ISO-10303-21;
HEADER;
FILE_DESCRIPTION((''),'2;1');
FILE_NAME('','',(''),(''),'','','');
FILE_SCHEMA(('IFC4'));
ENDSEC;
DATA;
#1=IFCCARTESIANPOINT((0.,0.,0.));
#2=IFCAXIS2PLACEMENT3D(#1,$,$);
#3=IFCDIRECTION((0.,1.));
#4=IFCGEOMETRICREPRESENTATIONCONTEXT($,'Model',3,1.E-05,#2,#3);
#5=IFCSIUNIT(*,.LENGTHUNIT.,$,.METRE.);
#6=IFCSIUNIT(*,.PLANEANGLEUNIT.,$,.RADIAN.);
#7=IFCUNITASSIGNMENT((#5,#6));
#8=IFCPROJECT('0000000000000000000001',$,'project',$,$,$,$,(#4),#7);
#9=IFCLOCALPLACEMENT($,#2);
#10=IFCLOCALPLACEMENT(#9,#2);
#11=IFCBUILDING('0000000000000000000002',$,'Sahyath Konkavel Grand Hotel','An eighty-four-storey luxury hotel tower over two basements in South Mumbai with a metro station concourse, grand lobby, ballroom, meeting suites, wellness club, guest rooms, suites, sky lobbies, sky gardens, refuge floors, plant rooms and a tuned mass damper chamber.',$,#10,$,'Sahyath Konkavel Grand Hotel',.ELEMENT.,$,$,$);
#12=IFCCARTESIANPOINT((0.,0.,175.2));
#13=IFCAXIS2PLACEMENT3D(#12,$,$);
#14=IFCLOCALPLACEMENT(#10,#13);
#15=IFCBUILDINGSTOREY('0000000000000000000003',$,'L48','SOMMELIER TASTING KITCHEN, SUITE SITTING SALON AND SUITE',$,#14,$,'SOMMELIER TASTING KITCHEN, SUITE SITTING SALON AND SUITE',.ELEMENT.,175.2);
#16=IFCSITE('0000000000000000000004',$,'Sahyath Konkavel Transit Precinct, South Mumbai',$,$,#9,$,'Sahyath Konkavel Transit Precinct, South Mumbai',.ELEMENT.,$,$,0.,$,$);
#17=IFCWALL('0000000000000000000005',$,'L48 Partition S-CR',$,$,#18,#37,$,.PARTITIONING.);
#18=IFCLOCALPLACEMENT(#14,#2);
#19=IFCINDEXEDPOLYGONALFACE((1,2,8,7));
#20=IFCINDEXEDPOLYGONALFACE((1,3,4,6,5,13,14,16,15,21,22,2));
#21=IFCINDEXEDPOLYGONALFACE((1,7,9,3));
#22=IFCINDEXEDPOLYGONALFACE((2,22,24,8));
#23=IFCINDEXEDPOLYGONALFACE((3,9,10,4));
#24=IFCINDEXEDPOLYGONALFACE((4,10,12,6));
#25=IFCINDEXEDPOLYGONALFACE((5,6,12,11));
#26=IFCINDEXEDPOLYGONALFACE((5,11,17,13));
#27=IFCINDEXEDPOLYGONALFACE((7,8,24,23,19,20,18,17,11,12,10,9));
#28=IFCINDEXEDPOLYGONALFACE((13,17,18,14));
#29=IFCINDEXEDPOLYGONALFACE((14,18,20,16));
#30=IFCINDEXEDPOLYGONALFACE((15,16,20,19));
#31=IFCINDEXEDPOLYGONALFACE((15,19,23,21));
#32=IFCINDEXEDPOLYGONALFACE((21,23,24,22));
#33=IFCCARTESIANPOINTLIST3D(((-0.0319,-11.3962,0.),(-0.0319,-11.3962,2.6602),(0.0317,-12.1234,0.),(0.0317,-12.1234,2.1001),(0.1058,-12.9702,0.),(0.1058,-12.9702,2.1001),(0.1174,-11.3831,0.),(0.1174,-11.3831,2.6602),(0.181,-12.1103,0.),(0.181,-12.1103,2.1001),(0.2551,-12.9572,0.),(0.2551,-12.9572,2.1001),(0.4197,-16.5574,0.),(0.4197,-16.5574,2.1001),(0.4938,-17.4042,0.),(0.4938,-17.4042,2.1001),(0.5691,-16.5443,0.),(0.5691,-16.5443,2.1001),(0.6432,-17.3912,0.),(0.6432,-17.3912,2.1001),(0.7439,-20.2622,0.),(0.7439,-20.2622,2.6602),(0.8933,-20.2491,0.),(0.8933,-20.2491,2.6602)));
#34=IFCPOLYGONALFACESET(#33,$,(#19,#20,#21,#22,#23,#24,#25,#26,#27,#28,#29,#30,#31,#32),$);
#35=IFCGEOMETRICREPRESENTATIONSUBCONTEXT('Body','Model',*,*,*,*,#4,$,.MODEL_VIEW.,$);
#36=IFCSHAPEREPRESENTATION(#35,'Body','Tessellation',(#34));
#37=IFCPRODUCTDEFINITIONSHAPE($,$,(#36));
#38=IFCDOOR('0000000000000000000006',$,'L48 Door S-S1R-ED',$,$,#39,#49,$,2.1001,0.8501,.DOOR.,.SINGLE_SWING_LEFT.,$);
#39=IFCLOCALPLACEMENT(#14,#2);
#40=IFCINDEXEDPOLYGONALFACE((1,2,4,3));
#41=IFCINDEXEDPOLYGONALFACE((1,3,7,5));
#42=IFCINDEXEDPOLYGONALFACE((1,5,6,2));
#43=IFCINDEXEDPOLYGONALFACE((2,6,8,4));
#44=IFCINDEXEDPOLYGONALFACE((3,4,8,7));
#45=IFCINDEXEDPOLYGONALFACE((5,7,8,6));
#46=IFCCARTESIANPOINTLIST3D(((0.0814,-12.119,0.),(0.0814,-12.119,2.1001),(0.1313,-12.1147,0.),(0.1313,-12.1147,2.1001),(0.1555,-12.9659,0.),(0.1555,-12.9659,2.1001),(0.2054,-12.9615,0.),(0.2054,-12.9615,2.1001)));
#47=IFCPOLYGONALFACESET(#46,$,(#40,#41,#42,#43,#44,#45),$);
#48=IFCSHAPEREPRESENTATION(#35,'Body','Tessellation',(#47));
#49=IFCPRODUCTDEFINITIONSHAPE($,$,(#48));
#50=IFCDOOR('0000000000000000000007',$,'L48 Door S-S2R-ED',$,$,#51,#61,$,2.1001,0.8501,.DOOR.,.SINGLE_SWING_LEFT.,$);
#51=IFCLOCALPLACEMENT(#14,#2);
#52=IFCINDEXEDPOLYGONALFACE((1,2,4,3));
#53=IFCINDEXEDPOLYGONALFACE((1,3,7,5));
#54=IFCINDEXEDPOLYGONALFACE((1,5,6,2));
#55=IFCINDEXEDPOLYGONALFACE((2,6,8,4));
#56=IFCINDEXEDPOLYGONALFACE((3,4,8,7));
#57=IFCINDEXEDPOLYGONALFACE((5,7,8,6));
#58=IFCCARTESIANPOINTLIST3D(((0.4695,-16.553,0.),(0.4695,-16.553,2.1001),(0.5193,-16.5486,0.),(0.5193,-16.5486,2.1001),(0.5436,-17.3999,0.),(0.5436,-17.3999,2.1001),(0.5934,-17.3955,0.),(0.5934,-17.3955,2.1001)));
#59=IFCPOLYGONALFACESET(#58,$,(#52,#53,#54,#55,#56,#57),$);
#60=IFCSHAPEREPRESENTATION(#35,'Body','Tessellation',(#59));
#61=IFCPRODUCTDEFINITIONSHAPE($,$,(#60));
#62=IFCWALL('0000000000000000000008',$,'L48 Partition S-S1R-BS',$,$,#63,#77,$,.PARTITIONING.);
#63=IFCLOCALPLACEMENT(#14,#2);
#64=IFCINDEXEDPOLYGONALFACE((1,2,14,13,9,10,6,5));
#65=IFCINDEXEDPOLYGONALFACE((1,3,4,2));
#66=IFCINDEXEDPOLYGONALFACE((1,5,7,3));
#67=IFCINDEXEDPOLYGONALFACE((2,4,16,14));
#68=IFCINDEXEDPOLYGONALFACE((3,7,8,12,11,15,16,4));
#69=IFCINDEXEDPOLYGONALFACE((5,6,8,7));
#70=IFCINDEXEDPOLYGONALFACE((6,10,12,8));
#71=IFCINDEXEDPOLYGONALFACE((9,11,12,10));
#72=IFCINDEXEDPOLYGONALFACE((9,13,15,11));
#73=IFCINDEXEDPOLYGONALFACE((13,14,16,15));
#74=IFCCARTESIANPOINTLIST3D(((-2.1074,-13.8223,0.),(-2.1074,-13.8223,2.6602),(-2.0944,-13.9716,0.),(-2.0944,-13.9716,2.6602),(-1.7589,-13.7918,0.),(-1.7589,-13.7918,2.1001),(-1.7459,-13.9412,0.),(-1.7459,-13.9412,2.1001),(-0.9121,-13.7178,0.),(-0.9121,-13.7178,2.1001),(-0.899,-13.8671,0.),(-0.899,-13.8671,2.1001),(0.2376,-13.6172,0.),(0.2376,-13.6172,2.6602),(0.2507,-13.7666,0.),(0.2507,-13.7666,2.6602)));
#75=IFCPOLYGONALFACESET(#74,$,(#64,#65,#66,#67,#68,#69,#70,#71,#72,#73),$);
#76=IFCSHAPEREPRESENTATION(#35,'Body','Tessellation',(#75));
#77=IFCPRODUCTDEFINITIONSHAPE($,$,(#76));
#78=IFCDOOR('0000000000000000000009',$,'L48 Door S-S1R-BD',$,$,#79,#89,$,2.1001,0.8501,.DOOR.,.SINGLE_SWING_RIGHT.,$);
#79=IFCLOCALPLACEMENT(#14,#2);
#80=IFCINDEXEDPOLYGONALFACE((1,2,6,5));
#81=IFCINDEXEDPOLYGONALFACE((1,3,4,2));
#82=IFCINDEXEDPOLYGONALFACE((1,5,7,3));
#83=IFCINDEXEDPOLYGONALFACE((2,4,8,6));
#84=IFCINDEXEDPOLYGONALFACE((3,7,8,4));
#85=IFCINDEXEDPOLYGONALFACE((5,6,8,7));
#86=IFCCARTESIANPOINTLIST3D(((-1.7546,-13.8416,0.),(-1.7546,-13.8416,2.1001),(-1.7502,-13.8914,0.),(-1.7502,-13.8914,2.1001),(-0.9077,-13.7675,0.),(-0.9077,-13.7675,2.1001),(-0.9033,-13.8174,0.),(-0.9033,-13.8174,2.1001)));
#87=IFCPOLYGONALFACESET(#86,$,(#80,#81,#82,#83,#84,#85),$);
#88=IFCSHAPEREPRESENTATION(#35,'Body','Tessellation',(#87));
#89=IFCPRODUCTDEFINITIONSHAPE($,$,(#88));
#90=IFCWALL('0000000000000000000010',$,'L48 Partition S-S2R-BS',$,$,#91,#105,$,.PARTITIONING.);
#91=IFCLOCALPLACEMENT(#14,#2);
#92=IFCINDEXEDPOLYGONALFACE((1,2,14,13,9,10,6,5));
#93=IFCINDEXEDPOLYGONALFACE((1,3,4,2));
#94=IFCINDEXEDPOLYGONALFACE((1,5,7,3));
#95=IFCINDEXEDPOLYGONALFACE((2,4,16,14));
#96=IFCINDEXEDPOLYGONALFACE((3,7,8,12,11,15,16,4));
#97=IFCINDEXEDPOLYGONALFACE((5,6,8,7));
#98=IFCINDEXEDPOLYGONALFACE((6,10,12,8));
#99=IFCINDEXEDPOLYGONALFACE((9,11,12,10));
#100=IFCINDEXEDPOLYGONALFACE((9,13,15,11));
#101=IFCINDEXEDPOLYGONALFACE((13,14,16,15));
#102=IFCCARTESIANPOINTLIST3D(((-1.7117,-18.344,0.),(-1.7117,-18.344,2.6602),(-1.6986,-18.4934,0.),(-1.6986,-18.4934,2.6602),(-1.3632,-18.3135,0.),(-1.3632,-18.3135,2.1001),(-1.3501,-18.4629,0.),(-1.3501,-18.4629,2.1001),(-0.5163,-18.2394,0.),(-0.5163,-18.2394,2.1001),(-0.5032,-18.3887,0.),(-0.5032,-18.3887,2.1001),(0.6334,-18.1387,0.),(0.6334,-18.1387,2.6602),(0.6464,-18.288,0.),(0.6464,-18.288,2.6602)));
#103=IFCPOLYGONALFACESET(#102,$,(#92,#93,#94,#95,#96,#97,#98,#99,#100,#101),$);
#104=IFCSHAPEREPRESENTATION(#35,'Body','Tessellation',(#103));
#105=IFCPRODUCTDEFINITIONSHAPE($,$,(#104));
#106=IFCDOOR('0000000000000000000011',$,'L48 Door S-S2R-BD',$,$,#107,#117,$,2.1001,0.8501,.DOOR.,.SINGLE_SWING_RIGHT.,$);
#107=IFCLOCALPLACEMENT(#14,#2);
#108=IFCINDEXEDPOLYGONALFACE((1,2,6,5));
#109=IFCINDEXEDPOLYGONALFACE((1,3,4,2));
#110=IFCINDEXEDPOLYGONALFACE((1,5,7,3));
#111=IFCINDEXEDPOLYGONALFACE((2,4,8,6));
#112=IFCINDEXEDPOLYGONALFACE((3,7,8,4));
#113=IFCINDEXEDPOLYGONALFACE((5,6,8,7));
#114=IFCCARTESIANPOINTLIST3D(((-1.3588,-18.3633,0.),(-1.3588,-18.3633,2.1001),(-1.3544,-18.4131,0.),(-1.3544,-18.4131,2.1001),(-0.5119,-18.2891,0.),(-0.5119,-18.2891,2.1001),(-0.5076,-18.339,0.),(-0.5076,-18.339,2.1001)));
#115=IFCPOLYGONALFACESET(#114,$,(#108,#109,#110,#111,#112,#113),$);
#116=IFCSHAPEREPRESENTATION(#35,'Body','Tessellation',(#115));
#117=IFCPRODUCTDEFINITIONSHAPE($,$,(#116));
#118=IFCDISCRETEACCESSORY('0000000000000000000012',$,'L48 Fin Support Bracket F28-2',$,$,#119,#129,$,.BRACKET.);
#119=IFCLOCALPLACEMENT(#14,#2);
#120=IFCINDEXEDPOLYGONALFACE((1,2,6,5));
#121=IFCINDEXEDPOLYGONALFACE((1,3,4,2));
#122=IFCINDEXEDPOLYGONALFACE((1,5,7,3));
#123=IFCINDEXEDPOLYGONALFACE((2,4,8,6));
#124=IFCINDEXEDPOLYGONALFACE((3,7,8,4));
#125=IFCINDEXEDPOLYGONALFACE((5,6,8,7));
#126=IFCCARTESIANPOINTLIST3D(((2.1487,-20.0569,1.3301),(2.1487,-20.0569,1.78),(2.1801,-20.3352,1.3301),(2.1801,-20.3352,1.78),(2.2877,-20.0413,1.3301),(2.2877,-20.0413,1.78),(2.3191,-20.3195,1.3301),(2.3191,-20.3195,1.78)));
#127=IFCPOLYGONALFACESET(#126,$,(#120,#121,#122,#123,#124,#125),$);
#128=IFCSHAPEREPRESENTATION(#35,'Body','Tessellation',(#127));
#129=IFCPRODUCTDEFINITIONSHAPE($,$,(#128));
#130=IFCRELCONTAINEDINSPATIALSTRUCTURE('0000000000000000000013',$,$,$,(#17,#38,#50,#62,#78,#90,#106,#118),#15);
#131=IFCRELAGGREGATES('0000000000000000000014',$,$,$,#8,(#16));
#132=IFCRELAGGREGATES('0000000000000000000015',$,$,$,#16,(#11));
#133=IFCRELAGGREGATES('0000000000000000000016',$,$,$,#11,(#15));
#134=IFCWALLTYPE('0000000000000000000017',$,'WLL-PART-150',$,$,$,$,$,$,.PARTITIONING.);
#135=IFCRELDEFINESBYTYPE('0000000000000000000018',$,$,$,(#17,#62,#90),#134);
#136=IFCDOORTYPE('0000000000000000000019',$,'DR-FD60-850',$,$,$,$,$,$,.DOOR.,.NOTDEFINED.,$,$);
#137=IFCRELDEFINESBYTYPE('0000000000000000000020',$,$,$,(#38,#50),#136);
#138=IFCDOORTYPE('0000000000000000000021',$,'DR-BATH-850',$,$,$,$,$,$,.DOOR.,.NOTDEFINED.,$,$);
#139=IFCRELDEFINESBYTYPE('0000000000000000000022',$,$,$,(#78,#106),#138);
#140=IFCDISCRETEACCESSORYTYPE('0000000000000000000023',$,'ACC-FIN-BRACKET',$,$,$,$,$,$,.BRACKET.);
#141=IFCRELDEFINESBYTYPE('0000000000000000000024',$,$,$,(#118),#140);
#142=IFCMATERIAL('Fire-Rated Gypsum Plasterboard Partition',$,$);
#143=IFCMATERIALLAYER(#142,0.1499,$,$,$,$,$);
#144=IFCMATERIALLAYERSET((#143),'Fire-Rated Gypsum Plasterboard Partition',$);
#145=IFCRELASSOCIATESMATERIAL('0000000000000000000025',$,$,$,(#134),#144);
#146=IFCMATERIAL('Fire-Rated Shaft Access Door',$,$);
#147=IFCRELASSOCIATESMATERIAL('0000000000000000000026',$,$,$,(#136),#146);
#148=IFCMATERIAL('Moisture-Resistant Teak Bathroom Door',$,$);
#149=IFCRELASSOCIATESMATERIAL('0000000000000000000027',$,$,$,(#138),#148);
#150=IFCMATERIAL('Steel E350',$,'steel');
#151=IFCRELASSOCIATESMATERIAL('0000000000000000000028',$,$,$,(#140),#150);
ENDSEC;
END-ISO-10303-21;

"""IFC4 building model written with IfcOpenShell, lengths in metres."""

from ifc_helpers import new_model, si_unit, direction, frame, frame_2d, origin, origin_2d, place, context, subcontext, project, spatial, rectangle, extrude, source, transform, mapped, material, layer, layer_set, type_object, element, fill, save


model = new_model("IFC4")

# Units and contexts
model_context = context("Model", 3, precision=1e-05, world=origin(), true_north=direction((0.0, 1.0)))
body_context = subcontext(model_context, "Body", "Model", "MODEL_VIEW")
ifc_project = project(units=[si_unit("LENGTHUNIT", "METRE"), si_unit("PLANEANGLEUNIT", "RADIAN")], contexts=[model_context])

# Site, building, storey
site_placement = place(None, origin())
site = spatial("IfcSite", under=ifc_project, at=site_placement, Name="Sahyath Konkavel Transit Precinct, South Mumbai", LongName="Sahyath Konkavel Transit Precinct, South Mumbai", CompositionType="ELEMENT", RefElevation=0.0)
building_placement = place(site_placement, origin())
building = spatial("IfcBuilding", under=site, at=building_placement, Name="Sahyath Konkavel Grand Hotel", Description="An eighty-four-storey luxury hotel tower over two basements in South Mumbai with a metro station concourse, grand lobby, ballroom, meeting suites, wellness club, guest rooms, suites, sky lobbies, sky gardens, refuge floors, plant rooms and a tuned mass damper chamber.", LongName="Sahyath Konkavel Grand Hotel", CompositionType="ELEMENT")
storey_placement = place(building_placement, frame((0.0, 0.0, 175.2)))
storey = spatial("IfcBuildingStorey", under=building, at=storey_placement, Name="L48", Description="SOMMELIER TASTING KITCHEN, SUITE SITTING SALON AND SUITE", LongName="SOMMELIER TASTING KITCHEN, SUITE SITTING SALON AND SUITE", CompositionType="ELEMENT", Elevation=175.2)

# Shared definitions
ifc_material_1 = material(Name="Steel E350", Category="steel")

# Wall, openings, doors
ifc_material_2 = material(Name="Fire-Rated Gypsum Plasterboard Partition")
ifc_layer_1 = layer(ifc_material_2, 0.1499)
ifc_layer_set_1 = layer_set([ifc_layer_1], Name="Fire-Rated Gypsum Plasterboard Partition")
wall_type_1 = type_object("IfcWallType", Name="WLL-PART-150", PredefinedType="PARTITIONING", material=ifc_layer_set_1)
ifc_material_3 = material(Name="Fire-Rated Shaft Access Door")
door_type_1 = type_object("IfcDoorType", Name="DR-FD60-850", OperationType="NOTDEFINED", PredefinedType="DOOR", material=ifc_material_3)
shared_shape_1 = source(origin(), body_context, "Body", "SweptSolid", [
    extrude(rectangle(XDim=0.8501, YDim=0.05, at=origin_2d()), origin(), (0.0, 0.0, 1.0), 2.1001),
])
wall_1_placement = place(storey_placement, frame((0.0427, -11.3896, 0.0), z_axis=(0.0, 0.0, 1.0), x_axis=(0.087179, -0.996193, 0.0)))
wall_1 = element("IfcWall", 1, at=wall_1_placement, inside=storey, type_object=wall_type_1, Name="L48 Partition S-CR", PredefinedType="PARTITIONING", context=body_context, shape_type="SweptSolid", body=[
    extrude(rectangle(XDim=8.8999, YDim=0.1499, at=frame_2d((4.45, 0.0))), origin(), (0.0, 0.0, 1.0), 2.6602),
])
opening_1_placement = place(wall_1_placement, frame((0.73, 0.0, 0.0)))
opening_1 = element("IfcOpeningElement", 2, at=opening_1_placement, cuts=wall_1, PredefinedType="OPENING", context=body_context, shape_type="SweptSolid", body=[
    extrude(rectangle(XDim=0.8501, YDim=2.1001, at=frame_2d((0.425, 1.05))), frame((0.0, 0.085, 0.0), z_axis=(0.0, -1.0, 0.0), x_axis=(1.0, 0.0, 0.0)), (0.0, 0.0, 1.0), 0.1699),
])
opening_2_placement = place(wall_1_placement, frame((5.1809, 0.0, 0.0)))
opening_2 = element("IfcOpeningElement", 3, at=opening_2_placement, cuts=wall_1, PredefinedType="OPENING", context=body_context, shape_type="SweptSolid", body=[
    extrude(rectangle(XDim=0.8501, YDim=2.1001, at=frame_2d((0.425, 1.05))), frame((0.0, 0.085, 0.0), z_axis=(0.0, -1.0, 0.0), x_axis=(1.0, 0.0, 0.0)), (0.0, 0.0, 1.0), 0.1699),
])
door_1_placement = place(opening_1_placement, frame((0.425, 0.0, 0.0)))
door_1 = element("IfcDoor", 4, at=door_1_placement, inside=storey, type_object=door_type_1, Name="L48 Door S-S1R-ED", OperationType="SINGLE_SWING_LEFT", OverallHeight=2.1001, OverallWidth=0.8501, PredefinedType="DOOR", context=body_context, shape_type="MappedRepresentation", body=[
    mapped(shared_shape_1, transform((0.0, 0.0, 0.0), scale=1.0)),
])
fill(opening_1, door_1)
door_2_placement = place(opening_2_placement, frame((0.425, 0.0, 0.0)))
door_2 = element("IfcDoor", 5, at=door_2_placement, inside=storey, type_object=door_type_1, Name="L48 Door S-S2R-ED", OperationType="SINGLE_SWING_LEFT", OverallHeight=2.1001, OverallWidth=0.8501, PredefinedType="DOOR", context=body_context, shape_type="MappedRepresentation", body=[
    mapped(shared_shape_1, transform((0.0, 0.0, 0.0), scale=1.0)),
])
fill(opening_2, door_2)

# Walls, openings, doors
wall_2_placement = place(storey_placement, frame((0.2441, -13.6919, 0.0), z_axis=(0.0, 0.0, 1.0), x_axis=(-0.996198, -0.087122, 0.0)))
wall_2 = element("IfcWall", 6, at=wall_2_placement, inside=storey, type_object=wall_type_1, Name="L48 Partition S-S1R-BS", PredefinedType="PARTITIONING", context=body_context, shape_type="SweptSolid", body=[
    extrude(rectangle(XDim=2.354, YDim=0.1499, at=frame_2d((1.177, 0.0))), origin(), (0.0, 0.0, 1.0), 2.6602),
])
opening_3_placement = place(wall_2_placement, frame((1.1541, 0.0, 0.0)))
opening_3 = element("IfcOpeningElement", 7, at=opening_3_placement, cuts=wall_2, PredefinedType="OPENING", context=body_context, shape_type="SweptSolid", body=[
    extrude(rectangle(XDim=0.8501, YDim=2.1001, at=frame_2d((0.425, 1.05))), frame((0.0, 0.085, 0.0), z_axis=(0.0, -1.0, 0.0), x_axis=(1.0, 0.0, 0.0)), (0.0, 0.0, 1.0), 0.1699),
])
ifc_material_4 = material(Name="Moisture-Resistant Teak Bathroom Door")
door_type_2 = type_object("IfcDoorType", Name="DR-BATH-850", OperationType="NOTDEFINED", PredefinedType="DOOR", material=ifc_material_4)
door_3_placement = place(opening_3_placement, frame((0.425, 0.0, 0.0)))
door_3 = element("IfcDoor", 8, at=door_3_placement, inside=storey, type_object=door_type_2, Name="L48 Door S-S1R-BD", OperationType="SINGLE_SWING_RIGHT", OverallHeight=2.1001, OverallWidth=0.8501, PredefinedType="DOOR", context=body_context, shape_type="MappedRepresentation", body=[
    mapped(shared_shape_1, transform((0.0, 0.0, 0.0), scale=1.0)),
])
fill(opening_3, door_3)
wall_3_placement = place(storey_placement, frame((0.6399, -18.2134, 0.0), z_axis=(0.0, 0.0, 1.0), x_axis=(-0.996189, -0.087225, 0.0)))
wall_3 = element("IfcWall", 9, at=wall_3_placement, inside=storey, type_object=wall_type_1, Name="L48 Partition S-S2R-BS", PredefinedType="PARTITIONING", context=body_context, shape_type="SweptSolid", body=[
    extrude(rectangle(XDim=2.354, YDim=0.1499, at=frame_2d((1.177, 0.0))), origin(), (0.0, 0.0, 1.0), 2.6602),
])
opening_4_placement = place(wall_3_placement, frame((1.1541, 0.0, 0.0)))
opening_4 = element("IfcOpeningElement", 10, at=opening_4_placement, cuts=wall_3, PredefinedType="OPENING", context=body_context, shape_type="SweptSolid", body=[
    extrude(rectangle(XDim=0.8501, YDim=2.1001, at=frame_2d((0.425, 1.05))), frame((0.0, 0.085, 0.0), z_axis=(0.0, -1.0, 0.0), x_axis=(1.0, 0.0, 0.0)), (0.0, 0.0, 1.0), 0.1699),
])
door_4_placement = place(opening_4_placement, frame((0.425, 0.0, 0.0)))
door_4 = element("IfcDoor", 11, at=door_4_placement, inside=storey, type_object=door_type_2, Name="L48 Door S-S2R-BD", OperationType="SINGLE_SWING_RIGHT", OverallHeight=2.1001, OverallWidth=0.8501, PredefinedType="DOOR", context=body_context, shape_type="MappedRepresentation", body=[
    mapped(shared_shape_1, transform((0.0, 0.0, 0.0), scale=1.0)),
])
fill(opening_4, door_4)

# Discrete accessory
discrete_accessory_type = type_object("IfcDiscreteAccessoryType", Name="ACC-FIN-BRACKET", PredefinedType="BRACKET", material=ifc_material_1)
shared_shape_2 = source(origin(), body_context, "Body", "SweptSolid", [
    extrude(rectangle(XDim=0.28, YDim=0.1399, at=origin_2d()), origin(), (0.0, 0.0, 1.0), 0.45),
])
discrete_accessory_placement = place(storey_placement, frame((2.2339, -20.1882, 1.3301), z_axis=(0.0, 0.0, 1.0), x_axis=(0.112007, -0.993707, 0.0)))
element("IfcDiscreteAccessory", 12, at=discrete_accessory_placement, inside=storey, type_object=discrete_accessory_type, Name="L48 Fin Support Bracket F28-2", PredefinedType="BRACKET", context=body_context, shape_type="MappedRepresentation", body=[
    mapped(shared_shape_2, transform((0.0, 0.0, 0.0), scale=1.0)),
])

save(model, "model.ifc")
